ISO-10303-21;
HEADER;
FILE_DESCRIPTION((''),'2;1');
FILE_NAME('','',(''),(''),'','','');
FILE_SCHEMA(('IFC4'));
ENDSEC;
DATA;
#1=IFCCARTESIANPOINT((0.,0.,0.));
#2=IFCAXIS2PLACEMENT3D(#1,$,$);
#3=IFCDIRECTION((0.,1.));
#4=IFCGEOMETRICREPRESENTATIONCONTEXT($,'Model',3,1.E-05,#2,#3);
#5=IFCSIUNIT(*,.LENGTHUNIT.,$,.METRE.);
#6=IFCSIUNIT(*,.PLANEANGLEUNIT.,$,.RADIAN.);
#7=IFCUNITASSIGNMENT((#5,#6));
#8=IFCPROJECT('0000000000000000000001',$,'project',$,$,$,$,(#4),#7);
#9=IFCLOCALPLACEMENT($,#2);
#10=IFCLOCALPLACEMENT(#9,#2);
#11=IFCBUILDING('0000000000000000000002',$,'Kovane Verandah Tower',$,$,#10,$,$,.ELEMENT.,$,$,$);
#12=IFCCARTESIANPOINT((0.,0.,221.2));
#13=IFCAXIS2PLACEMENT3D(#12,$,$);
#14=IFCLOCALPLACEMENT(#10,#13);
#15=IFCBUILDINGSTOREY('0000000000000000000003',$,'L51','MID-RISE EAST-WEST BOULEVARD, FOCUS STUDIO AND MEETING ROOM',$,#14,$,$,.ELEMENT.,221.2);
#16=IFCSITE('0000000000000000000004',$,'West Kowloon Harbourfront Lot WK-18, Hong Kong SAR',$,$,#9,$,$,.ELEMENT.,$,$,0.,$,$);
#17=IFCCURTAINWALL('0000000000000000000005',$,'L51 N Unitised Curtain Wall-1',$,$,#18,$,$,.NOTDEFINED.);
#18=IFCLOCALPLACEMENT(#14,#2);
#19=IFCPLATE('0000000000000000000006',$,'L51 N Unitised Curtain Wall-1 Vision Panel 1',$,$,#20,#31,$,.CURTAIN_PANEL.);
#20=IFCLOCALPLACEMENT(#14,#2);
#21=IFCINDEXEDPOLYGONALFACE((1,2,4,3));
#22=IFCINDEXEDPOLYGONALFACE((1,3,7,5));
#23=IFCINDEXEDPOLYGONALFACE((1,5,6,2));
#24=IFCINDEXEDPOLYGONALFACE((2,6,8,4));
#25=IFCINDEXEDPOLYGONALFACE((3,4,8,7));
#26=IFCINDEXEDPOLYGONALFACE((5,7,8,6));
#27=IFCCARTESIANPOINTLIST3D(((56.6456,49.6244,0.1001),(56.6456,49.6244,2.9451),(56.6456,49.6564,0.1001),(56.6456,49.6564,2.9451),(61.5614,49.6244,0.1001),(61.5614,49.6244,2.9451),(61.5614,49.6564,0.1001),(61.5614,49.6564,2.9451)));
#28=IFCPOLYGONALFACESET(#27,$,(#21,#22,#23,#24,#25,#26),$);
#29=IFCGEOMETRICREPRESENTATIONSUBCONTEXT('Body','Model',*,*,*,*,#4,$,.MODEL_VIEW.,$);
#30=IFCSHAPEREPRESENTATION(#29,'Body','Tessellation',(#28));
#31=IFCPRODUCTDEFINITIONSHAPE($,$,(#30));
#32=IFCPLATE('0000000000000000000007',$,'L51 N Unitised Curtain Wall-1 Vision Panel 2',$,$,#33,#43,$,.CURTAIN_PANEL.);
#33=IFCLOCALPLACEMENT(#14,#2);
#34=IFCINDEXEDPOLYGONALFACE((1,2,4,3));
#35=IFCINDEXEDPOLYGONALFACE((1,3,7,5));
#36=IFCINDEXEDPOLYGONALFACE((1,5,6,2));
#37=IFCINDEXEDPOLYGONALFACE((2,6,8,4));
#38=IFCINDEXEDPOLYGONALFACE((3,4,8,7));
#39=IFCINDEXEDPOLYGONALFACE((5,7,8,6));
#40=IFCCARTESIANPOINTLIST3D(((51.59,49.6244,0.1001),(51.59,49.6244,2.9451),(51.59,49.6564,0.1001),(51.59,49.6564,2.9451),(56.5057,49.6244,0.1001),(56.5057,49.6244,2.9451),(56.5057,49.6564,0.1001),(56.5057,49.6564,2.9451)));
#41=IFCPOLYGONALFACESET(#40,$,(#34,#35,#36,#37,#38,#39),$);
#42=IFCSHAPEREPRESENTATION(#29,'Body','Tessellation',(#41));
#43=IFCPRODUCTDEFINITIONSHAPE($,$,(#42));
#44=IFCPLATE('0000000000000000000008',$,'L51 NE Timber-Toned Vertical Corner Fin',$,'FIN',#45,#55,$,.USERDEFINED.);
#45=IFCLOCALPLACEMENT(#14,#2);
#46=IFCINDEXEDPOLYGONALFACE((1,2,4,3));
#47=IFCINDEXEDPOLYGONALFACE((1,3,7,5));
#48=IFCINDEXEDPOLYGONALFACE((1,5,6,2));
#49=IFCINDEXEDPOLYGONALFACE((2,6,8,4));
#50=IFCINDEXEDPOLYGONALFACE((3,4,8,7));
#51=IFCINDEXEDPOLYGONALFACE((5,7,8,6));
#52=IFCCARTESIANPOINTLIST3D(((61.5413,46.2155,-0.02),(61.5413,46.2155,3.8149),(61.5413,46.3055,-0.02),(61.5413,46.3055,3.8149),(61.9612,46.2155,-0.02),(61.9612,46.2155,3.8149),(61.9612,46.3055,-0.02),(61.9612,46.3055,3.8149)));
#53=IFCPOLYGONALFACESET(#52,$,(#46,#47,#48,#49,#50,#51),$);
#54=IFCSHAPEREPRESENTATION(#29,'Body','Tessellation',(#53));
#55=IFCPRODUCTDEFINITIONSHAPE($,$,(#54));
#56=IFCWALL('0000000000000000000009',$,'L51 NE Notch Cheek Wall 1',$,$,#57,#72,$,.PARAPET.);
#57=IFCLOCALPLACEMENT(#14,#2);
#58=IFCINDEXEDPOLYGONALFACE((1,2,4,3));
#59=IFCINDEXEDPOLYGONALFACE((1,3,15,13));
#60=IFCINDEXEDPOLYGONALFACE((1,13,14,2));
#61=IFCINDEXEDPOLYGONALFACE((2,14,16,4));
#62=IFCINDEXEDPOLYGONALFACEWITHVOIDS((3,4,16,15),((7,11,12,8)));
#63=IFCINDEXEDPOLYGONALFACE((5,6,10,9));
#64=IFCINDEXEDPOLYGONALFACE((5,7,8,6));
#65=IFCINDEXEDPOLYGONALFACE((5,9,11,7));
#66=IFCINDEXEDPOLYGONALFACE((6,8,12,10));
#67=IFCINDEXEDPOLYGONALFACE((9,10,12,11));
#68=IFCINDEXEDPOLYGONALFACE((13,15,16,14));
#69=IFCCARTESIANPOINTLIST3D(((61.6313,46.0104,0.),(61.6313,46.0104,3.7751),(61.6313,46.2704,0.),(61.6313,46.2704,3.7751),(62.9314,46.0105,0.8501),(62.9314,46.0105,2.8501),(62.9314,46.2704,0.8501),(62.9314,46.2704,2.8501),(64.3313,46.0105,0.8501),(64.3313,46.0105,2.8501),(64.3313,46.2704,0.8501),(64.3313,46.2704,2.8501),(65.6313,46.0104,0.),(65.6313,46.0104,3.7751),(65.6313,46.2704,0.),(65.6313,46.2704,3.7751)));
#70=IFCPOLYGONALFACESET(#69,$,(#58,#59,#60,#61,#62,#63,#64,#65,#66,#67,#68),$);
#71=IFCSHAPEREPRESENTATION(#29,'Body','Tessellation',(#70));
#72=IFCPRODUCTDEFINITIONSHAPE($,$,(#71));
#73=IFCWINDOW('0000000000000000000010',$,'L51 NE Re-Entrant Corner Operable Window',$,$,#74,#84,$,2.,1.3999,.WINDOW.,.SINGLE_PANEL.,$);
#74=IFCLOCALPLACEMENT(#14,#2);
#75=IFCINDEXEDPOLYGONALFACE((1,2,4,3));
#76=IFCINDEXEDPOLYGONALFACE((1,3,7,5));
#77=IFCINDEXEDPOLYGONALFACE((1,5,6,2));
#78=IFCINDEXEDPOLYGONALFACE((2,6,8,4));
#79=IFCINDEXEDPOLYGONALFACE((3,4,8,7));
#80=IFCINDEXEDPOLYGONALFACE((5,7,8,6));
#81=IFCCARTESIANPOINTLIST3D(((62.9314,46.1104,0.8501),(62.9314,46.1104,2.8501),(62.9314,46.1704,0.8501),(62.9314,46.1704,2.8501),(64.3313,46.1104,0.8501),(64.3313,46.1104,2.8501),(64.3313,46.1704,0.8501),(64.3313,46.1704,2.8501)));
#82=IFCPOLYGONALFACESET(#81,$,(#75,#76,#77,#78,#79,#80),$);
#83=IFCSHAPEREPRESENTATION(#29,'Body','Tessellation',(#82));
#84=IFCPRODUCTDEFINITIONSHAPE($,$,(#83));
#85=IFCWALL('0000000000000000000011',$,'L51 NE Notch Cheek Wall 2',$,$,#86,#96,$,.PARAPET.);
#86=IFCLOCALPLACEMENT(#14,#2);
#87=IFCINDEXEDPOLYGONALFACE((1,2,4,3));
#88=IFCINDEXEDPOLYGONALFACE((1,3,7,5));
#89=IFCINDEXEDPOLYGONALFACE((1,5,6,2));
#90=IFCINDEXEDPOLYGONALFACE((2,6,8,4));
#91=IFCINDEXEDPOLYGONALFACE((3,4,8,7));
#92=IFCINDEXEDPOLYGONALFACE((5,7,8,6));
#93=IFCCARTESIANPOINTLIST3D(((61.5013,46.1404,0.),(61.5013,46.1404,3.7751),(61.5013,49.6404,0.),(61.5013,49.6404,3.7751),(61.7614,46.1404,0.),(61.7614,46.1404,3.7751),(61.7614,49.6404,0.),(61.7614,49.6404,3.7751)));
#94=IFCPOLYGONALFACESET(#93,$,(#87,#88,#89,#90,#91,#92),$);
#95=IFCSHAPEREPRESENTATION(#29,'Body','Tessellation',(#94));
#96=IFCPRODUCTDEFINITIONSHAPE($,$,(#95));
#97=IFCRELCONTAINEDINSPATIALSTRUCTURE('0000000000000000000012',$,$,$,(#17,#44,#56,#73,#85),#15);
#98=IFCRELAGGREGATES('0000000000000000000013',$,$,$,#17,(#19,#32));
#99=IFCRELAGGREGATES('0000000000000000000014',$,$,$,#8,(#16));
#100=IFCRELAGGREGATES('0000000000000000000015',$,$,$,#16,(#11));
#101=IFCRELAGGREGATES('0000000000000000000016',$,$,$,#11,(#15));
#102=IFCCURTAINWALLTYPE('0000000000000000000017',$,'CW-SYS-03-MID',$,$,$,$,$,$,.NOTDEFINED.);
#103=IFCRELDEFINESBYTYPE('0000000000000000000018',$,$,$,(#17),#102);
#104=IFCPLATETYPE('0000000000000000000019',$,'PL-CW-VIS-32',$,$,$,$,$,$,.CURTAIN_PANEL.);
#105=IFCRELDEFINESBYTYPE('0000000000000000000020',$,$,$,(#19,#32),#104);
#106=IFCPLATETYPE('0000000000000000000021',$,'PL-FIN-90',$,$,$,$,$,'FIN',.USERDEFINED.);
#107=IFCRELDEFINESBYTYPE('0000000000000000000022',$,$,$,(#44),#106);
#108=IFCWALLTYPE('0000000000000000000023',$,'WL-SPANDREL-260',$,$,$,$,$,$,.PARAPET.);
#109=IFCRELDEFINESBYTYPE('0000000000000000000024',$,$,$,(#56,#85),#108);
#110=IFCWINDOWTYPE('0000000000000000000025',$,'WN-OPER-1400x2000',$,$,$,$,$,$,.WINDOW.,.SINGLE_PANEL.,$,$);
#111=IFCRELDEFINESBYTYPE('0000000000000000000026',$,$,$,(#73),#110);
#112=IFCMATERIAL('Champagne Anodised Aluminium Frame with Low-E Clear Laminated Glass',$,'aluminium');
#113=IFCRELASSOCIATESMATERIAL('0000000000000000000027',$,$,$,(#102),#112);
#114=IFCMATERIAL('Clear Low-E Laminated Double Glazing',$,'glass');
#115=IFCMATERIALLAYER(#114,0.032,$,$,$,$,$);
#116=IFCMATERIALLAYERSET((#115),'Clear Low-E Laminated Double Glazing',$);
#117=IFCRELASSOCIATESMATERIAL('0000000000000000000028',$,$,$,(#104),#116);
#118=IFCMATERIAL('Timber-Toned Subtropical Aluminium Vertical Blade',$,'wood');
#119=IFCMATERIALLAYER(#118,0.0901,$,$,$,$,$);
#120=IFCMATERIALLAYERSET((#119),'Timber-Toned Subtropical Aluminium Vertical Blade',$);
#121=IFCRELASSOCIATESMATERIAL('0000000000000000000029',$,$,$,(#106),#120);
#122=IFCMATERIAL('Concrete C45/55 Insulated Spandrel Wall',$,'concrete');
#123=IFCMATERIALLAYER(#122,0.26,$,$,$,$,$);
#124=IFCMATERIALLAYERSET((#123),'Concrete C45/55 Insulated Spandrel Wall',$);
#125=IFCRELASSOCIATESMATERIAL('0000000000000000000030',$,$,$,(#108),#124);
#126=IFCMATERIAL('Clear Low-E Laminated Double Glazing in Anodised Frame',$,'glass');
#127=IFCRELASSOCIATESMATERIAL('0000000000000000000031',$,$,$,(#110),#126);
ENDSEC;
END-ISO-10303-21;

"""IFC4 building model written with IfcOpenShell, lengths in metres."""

from ifc_helpers import new_model, si_unit, direction, frame, frame_2d, origin, origin_2d, place, context, subcontext, project, spatial, rectangle, extrude, material, layer, layer_set, type_object, element, fill, aggregate, save


model = new_model("IFC4")

# Units and contexts
model_context = context("Model", 3, precision=1e-05, world=origin(), true_north=direction((0.0, 1.0)))
body_context = subcontext(model_context, "Body", "Model", "MODEL_VIEW")
ifc_project = project(units=[si_unit("LENGTHUNIT", "METRE"), si_unit("PLANEANGLEUNIT", "RADIAN")], contexts=[model_context])

# Site, building, storey
site_placement = place(None, origin())
site = spatial("IfcSite", under=ifc_project, at=site_placement, Name="West Kowloon Harbourfront Lot WK-18, Hong Kong SAR", CompositionType="ELEMENT", RefElevation=0.0)
building_placement = place(site_placement, origin())
building = spatial("IfcBuilding", under=site, at=building_placement, Name="Kovane Verandah Tower", CompositionType="ELEMENT")
storey_placement = place(building_placement, frame((0.0, 0.0, 221.2)))
storey = spatial("IfcBuildingStorey", under=building, at=storey_placement, Name="L51", Description="MID-RISE EAST-WEST BOULEVARD, FOCUS STUDIO AND MEETING ROOM", CompositionType="ELEMENT", Elevation=221.2)

# Shared definitions
ifc_material_1 = material(Name="Champagne Anodised Aluminium Frame with Low-E Clear Laminated Glass", Category="aluminium")
curtain_wall_type = type_object("IfcCurtainWallType", Name="CW-SYS-03-MID", PredefinedType="NOTDEFINED", material=ifc_material_1)

# Curtain wall, plates
curtain_wall_1_placement = place(storey_placement, origin())
curtain_wall_1 = element("IfcCurtainWall", 1, at=curtain_wall_1_placement, inside=storey, type_object=curtain_wall_type, Name="L51 N Unitised Curtain Wall-1", PredefinedType="NOTDEFINED")
ifc_material_2 = material(Name="Clear Low-E Laminated Double Glazing", Category="glass")
ifc_layer_1 = layer(ifc_material_2, 0.032)
ifc_layer_set_1 = layer_set([ifc_layer_1], Name="Clear Low-E Laminated Double Glazing")
plate_type_1 = type_object("IfcPlateType", Name="PL-CW-VIS-32", PredefinedType="CURTAIN_PANEL", material=ifc_layer_set_1)
plate_1_placement = place(storey_placement, frame((59.1035, 49.6404, 0.1001), z_axis=(0.0, 0.0, 1.0), x_axis=(-1.0, 0.0, 0.0)))
plate_1 = element("IfcPlate", 2, at=plate_1_placement, type_object=plate_type_1, Name="L51 N Unitised Curtain Wall-1 Vision Panel 1", PredefinedType="CURTAIN_PANEL", context=body_context, shape_type="SweptSolid", body=[
    extrude(rectangle(XDim=4.9158, YDim=0.032, at=origin_2d()), origin(), (0.0, 0.0, 1.0), 2.845),
])
plate_2_placement = place(storey_placement, frame((54.0479, 49.6404, 0.1001), z_axis=(0.0, 0.0, 1.0), x_axis=(-1.0, 0.0, 0.0)))
plate_2 = element("IfcPlate", 3, at=plate_2_placement, type_object=plate_type_1, Name="L51 N Unitised Curtain Wall-1 Vision Panel 2", PredefinedType="CURTAIN_PANEL", context=body_context, shape_type="SweptSolid", body=[
    extrude(rectangle(XDim=4.9158, YDim=0.032, at=origin_2d()), origin(), (0.0, 0.0, 1.0), 2.845),
])
aggregate(curtain_wall_1, [plate_1, plate_2])

# Plate
ifc_material_3 = material(Name="Timber-Toned Subtropical Aluminium Vertical Blade", Category="wood")
ifc_layer_2 = layer(ifc_material_3, 0.0901)
ifc_layer_set_2 = layer_set([ifc_layer_2], Name="Timber-Toned Subtropical Aluminium Vertical Blade")
plate_type_2 = type_object("IfcPlateType", Name="PL-FIN-90", ElementType="FIN", PredefinedType="USERDEFINED", material=ifc_layer_set_2)
plate_3_placement = place(storey_placement, frame((61.7512, 46.2605, -0.02), z_axis=(0.0, 0.0, 1.0), x_axis=(1.0, 0.0, 0.0)))
element("IfcPlate", 4, at=plate_3_placement, inside=storey, type_object=plate_type_2, Name="L51 NE Timber-Toned Vertical Corner Fin", ObjectType="FIN", PredefinedType="USERDEFINED", context=body_context, shape_type="SweptSolid", body=[
    extrude(rectangle(XDim=0.4199, YDim=0.0901, at=origin_2d()), origin(), (0.0, 0.0, 1.0), 3.835),
])

# Wall, opening, window
ifc_material_4 = material(Name="Concrete C45/55 Insulated Spandrel Wall", Category="concrete")
ifc_layer_3 = layer(ifc_material_4, 0.26)
ifc_layer_set_3 = layer_set([ifc_layer_3], Name="Concrete C45/55 Insulated Spandrel Wall")
wall_type = type_object("IfcWallType", Name="WL-SPANDREL-260", PredefinedType="PARAPET", material=ifc_layer_set_3)
wall_1_placement = place(storey_placement, frame((65.6313, 46.1404, 0.0), z_axis=(0.0, 0.0, 1.0), x_axis=(-1.0, 0.0, 0.0)))
wall_1 = element("IfcWall", 5, at=wall_1_placement, inside=storey, type_object=wall_type, Name="L51 NE Notch Cheek Wall 1", PredefinedType="PARAPET", context=body_context, shape_type="SweptSolid", body=[
    extrude(rectangle(XDim=4.0, YDim=0.26, at=frame_2d((2.0, 0.0))), origin(), (0.0, 0.0, 1.0), 3.7751),
])
opening_placement = place(wall_1_placement, frame((1.3, 0.0, 0.8501)))
opening = element("IfcOpeningElement", 6, at=opening_placement, cuts=wall_1, PredefinedType="OPENING", context=body_context, shape_type="SweptSolid", body=[
    extrude(rectangle(XDim=1.3999, YDim=2.0, at=frame_2d((0.7, 1.0))), frame((0.0, 0.1299, 0.0), z_axis=(0.0, -1.0, 0.0), x_axis=(1.0, 0.0, 0.0)), (0.0, 0.0, 1.0), 0.26),
])
ifc_material_5 = material(Name="Clear Low-E Laminated Double Glazing in Anodised Frame", Category="glass")
window_type = type_object("IfcWindowType", Name="WN-OPER-1400x2000", PartitioningType="SINGLE_PANEL", PredefinedType="WINDOW", material=ifc_material_5)
window_placement = place(opening_placement, origin())
window = element("IfcWindow", 7, at=window_placement, inside=storey, type_object=window_type, Name="L51 NE Re-Entrant Corner Operable Window", OverallHeight=2.0, OverallWidth=1.3999, PartitioningType="SINGLE_PANEL", PredefinedType="WINDOW", context=body_context, shape_type="SweptSolid", body=[
    extrude(rectangle(XDim=1.3999, YDim=2.0, at=frame_2d((0.7, 1.0))), frame((0.0, 0.03, 0.0), z_axis=(0.0, -1.0, 0.0), x_axis=(1.0, 0.0, 0.0)), (0.0, 0.0, 1.0), 0.0601),
])
fill(opening, window)

# Wall
wall_2_placement = place(storey_placement, frame((61.6313, 46.1404, 0.0), z_axis=(0.0, 0.0, 1.0), x_axis=(0.0, 1.0, 0.0)))
element("IfcWall", 8, at=wall_2_placement, inside=storey, type_object=wall_type, Name="L51 NE Notch Cheek Wall 2", PredefinedType="PARAPET", context=body_context, shape_type="SweptSolid", body=[
    extrude(rectangle(XDim=3.5, YDim=0.26, at=frame_2d((1.75, 0.0))), origin(), (0.0, 0.0, 1.0), 3.7751),
])

save(model, "model.ifc")
